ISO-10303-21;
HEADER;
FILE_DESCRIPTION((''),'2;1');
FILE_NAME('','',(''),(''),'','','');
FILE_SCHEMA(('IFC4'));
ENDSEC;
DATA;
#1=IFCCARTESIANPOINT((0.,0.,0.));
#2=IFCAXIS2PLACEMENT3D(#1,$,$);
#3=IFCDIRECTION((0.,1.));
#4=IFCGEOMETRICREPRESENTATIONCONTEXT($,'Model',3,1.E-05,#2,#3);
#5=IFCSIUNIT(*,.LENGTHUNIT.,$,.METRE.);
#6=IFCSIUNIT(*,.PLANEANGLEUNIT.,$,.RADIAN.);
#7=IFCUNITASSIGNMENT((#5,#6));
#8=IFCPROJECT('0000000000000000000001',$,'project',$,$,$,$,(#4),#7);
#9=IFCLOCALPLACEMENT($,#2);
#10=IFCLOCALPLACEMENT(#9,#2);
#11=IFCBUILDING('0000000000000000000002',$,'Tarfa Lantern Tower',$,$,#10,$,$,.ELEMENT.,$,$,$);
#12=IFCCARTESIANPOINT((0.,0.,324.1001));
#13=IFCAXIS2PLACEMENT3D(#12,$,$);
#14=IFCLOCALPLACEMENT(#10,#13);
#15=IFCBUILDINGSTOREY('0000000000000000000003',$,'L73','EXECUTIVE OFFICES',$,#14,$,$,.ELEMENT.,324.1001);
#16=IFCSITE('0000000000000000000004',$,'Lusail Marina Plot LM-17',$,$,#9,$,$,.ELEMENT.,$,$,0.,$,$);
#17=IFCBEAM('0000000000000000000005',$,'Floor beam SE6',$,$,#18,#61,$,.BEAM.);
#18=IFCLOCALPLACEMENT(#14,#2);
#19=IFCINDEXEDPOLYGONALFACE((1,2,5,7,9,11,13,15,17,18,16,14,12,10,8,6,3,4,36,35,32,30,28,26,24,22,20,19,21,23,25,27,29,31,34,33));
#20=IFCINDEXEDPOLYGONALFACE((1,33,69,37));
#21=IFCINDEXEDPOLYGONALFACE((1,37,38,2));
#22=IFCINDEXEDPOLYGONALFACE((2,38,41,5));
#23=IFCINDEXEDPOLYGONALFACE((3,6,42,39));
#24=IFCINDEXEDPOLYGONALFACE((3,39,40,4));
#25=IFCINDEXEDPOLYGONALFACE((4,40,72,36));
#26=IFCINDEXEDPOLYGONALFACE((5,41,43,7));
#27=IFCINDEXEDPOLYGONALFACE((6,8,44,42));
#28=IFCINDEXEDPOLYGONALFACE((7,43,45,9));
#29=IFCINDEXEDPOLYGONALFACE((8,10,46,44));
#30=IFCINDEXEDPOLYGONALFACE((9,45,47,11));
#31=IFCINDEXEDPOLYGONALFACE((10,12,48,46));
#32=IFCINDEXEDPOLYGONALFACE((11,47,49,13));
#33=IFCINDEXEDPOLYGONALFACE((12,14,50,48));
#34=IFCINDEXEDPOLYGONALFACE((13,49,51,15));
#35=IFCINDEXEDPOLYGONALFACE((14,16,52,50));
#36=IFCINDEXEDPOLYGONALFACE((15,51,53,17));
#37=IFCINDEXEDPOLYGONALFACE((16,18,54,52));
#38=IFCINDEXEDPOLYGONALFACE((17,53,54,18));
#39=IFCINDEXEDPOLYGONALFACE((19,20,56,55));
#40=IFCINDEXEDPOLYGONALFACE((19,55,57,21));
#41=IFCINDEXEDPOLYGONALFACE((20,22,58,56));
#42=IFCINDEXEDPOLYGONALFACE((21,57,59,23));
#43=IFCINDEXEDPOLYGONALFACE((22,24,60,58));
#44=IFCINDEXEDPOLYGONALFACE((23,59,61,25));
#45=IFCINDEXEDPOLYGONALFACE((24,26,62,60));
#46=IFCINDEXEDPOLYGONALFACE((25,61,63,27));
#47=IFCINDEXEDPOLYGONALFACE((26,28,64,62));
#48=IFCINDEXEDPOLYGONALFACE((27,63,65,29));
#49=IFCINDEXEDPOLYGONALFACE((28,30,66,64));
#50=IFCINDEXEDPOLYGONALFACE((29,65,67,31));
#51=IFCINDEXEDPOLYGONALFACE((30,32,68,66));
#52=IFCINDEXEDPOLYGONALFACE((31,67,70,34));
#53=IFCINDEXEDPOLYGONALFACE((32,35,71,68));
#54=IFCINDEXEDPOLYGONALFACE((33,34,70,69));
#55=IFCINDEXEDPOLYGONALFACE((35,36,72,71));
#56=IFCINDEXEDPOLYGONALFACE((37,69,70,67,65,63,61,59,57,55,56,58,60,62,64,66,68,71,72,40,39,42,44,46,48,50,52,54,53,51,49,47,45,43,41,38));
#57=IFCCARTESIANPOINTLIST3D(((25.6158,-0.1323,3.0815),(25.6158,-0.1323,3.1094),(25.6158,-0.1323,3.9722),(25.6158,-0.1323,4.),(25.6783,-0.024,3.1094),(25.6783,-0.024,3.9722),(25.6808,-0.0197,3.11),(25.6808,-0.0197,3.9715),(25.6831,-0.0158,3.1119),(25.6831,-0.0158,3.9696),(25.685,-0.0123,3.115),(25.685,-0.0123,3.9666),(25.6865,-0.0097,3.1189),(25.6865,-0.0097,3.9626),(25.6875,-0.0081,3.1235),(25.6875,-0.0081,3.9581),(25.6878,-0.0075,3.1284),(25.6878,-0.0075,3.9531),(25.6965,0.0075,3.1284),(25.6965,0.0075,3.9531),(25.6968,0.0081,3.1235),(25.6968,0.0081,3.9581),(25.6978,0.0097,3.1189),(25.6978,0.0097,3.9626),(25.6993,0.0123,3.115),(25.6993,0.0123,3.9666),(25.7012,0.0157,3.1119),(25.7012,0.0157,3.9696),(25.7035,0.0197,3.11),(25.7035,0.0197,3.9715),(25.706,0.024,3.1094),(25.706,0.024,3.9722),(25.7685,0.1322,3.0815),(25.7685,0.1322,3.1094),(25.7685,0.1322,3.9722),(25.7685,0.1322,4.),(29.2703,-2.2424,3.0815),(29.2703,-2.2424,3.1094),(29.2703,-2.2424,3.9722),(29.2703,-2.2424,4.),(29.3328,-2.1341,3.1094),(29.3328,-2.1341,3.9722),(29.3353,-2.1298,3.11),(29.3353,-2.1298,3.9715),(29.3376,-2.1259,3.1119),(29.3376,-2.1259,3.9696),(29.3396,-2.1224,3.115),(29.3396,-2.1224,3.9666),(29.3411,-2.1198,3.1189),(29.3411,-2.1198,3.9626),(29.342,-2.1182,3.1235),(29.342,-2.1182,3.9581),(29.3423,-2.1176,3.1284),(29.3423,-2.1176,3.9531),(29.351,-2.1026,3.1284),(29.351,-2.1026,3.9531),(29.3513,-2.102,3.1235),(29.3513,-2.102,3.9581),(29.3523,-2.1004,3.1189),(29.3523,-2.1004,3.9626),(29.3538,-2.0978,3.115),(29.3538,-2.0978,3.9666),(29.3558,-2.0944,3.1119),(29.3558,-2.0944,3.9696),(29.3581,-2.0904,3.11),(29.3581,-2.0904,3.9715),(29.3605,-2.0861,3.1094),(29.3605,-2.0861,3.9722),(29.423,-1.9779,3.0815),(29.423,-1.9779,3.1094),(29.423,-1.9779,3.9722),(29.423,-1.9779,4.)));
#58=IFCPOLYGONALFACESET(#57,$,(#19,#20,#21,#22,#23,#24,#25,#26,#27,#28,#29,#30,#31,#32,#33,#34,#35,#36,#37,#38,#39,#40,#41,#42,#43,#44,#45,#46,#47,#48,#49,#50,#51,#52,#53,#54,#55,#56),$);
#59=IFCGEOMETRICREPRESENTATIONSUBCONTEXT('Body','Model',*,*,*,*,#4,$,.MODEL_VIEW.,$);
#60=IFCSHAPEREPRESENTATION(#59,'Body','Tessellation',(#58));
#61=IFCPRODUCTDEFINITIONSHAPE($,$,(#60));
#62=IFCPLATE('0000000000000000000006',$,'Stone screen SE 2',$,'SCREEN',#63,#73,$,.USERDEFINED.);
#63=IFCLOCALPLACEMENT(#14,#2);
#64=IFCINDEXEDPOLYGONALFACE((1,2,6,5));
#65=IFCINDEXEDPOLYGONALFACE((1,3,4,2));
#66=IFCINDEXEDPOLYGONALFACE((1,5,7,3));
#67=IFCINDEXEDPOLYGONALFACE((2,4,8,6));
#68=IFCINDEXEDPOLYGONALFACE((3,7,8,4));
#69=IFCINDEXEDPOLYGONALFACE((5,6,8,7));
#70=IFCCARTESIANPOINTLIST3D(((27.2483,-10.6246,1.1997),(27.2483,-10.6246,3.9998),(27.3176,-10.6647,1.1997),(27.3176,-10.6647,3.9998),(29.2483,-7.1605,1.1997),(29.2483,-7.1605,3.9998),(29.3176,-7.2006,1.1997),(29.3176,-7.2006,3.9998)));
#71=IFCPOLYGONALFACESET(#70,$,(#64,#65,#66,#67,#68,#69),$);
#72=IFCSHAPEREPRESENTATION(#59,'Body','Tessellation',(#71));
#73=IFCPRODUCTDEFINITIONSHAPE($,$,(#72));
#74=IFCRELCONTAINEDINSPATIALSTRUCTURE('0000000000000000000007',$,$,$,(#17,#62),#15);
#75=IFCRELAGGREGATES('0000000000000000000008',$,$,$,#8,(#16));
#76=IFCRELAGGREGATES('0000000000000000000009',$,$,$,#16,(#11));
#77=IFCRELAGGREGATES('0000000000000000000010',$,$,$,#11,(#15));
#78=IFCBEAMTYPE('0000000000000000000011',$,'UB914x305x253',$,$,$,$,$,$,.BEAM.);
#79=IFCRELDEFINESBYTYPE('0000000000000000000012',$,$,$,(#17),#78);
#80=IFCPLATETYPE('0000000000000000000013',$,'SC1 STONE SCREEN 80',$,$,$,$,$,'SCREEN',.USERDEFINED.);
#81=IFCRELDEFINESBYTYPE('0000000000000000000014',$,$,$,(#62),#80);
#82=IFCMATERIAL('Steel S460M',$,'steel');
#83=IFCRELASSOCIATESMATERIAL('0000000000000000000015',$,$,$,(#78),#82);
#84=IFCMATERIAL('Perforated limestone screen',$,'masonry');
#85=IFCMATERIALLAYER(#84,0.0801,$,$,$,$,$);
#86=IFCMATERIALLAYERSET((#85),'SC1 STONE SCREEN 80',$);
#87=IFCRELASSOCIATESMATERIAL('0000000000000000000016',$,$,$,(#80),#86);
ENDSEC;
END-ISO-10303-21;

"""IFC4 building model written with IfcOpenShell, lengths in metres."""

from ifc_helpers import new_model, si_unit, direction, frame, origin, origin_2d, place, context, subcontext, project, spatial, rectangle, i_section, extrude, material, layer, layer_set, material_profile, profile_set, type_object, element, save


model = new_model("IFC4")

# Units and contexts
model_context = context("Model", 3, precision=1e-05, world=origin(), true_north=direction((0.0, 1.0)))
body_context = subcontext(model_context, "Body", "Model", "MODEL_VIEW")
ifc_project = project(units=[si_unit("LENGTHUNIT", "METRE"), si_unit("PLANEANGLEUNIT", "RADIAN")], contexts=[model_context])

# Site, building, storey
site_placement = place(None, origin())
site = spatial("IfcSite", under=ifc_project, at=site_placement, Name="Lusail Marina Plot LM-17", CompositionType="ELEMENT", RefElevation=0.0)
building_placement = place(site_placement, origin())
building = spatial("IfcBuilding", under=site, at=building_placement, Name="Tarfa Lantern Tower", CompositionType="ELEMENT")
storey_placement = place(building_placement, frame((0.0, 0.0, 324.1001)))
storey = spatial("IfcBuildingStorey", under=building, at=storey_placement, Name="L73", Description="EXECUTIVE OFFICES", CompositionType="ELEMENT", Elevation=324.1001)

# Beam
ifc_material_1 = material(Name="Steel S460M", Category="steel")
ifc_material_profile_1 = material_profile(ifc_material_1, i_section(OverallWidth=0.3054, OverallDepth=0.9185, WebThickness=0.0173, FlangeThickness=0.0278, FilletRadius=0.019, at=origin_2d()), Name="UB914x305x253")
ifc_profile_set_1 = profile_set([ifc_material_profile_1], Name="Steel S460M")
beam_type_1 = type_object("IfcBeamType", Name="UB914x305x253", PredefinedType="BEAM", material=ifc_profile_set_1)
beam_1_placement = place(storey_placement, frame((29.3467, -2.1101, 3.5408), z_axis=(-0.866009, 0.500028, 0.0), x_axis=(-0.500028, -0.866009, 0.0)))
element("IfcBeam", 1, at=beam_1_placement, inside=storey, type_object=beam_type_1, Name="Floor beam SE6", PredefinedType="BEAM", context=body_context, shape_type="SweptSolid", body=[
    extrude(i_section(OverallWidth=0.3054, OverallDepth=0.9185, WebThickness=0.0173, FlangeThickness=0.0278, FilletRadius=0.019, at=origin_2d()), origin(), (0.0, 0.0, 1.0), 4.22),
])

# Plate
ifc_material_2 = material(Name="Perforated limestone screen", Category="masonry")
ifc_layer = layer(ifc_material_2, 0.0801)
ifc_layer_set = layer_set([ifc_layer], Name="SC1 STONE SCREEN 80")
plate_type = type_object("IfcPlateType", Name="SC1 STONE SCREEN 80", ElementType="SCREEN", PredefinedType="USERDEFINED", material=ifc_layer_set)
plate_placement = place(storey_placement, frame((28.283, -8.9126, 1.1997), z_axis=(0.0, 0.0, 1.0), x_axis=(0.5, 0.866025, 0.0)))
element("IfcPlate", 2, at=plate_placement, inside=storey, type_object=plate_type, Name="Stone screen SE 2", ObjectType="SCREEN", PredefinedType="USERDEFINED", context=body_context, shape_type="SweptSolid", body=[
    extrude(rectangle(XDim=4.0, YDim=0.0801, at=origin_2d()), origin(), (0.0, 0.0, 1.0), 2.8),
])

save(model, "model.ifc")
